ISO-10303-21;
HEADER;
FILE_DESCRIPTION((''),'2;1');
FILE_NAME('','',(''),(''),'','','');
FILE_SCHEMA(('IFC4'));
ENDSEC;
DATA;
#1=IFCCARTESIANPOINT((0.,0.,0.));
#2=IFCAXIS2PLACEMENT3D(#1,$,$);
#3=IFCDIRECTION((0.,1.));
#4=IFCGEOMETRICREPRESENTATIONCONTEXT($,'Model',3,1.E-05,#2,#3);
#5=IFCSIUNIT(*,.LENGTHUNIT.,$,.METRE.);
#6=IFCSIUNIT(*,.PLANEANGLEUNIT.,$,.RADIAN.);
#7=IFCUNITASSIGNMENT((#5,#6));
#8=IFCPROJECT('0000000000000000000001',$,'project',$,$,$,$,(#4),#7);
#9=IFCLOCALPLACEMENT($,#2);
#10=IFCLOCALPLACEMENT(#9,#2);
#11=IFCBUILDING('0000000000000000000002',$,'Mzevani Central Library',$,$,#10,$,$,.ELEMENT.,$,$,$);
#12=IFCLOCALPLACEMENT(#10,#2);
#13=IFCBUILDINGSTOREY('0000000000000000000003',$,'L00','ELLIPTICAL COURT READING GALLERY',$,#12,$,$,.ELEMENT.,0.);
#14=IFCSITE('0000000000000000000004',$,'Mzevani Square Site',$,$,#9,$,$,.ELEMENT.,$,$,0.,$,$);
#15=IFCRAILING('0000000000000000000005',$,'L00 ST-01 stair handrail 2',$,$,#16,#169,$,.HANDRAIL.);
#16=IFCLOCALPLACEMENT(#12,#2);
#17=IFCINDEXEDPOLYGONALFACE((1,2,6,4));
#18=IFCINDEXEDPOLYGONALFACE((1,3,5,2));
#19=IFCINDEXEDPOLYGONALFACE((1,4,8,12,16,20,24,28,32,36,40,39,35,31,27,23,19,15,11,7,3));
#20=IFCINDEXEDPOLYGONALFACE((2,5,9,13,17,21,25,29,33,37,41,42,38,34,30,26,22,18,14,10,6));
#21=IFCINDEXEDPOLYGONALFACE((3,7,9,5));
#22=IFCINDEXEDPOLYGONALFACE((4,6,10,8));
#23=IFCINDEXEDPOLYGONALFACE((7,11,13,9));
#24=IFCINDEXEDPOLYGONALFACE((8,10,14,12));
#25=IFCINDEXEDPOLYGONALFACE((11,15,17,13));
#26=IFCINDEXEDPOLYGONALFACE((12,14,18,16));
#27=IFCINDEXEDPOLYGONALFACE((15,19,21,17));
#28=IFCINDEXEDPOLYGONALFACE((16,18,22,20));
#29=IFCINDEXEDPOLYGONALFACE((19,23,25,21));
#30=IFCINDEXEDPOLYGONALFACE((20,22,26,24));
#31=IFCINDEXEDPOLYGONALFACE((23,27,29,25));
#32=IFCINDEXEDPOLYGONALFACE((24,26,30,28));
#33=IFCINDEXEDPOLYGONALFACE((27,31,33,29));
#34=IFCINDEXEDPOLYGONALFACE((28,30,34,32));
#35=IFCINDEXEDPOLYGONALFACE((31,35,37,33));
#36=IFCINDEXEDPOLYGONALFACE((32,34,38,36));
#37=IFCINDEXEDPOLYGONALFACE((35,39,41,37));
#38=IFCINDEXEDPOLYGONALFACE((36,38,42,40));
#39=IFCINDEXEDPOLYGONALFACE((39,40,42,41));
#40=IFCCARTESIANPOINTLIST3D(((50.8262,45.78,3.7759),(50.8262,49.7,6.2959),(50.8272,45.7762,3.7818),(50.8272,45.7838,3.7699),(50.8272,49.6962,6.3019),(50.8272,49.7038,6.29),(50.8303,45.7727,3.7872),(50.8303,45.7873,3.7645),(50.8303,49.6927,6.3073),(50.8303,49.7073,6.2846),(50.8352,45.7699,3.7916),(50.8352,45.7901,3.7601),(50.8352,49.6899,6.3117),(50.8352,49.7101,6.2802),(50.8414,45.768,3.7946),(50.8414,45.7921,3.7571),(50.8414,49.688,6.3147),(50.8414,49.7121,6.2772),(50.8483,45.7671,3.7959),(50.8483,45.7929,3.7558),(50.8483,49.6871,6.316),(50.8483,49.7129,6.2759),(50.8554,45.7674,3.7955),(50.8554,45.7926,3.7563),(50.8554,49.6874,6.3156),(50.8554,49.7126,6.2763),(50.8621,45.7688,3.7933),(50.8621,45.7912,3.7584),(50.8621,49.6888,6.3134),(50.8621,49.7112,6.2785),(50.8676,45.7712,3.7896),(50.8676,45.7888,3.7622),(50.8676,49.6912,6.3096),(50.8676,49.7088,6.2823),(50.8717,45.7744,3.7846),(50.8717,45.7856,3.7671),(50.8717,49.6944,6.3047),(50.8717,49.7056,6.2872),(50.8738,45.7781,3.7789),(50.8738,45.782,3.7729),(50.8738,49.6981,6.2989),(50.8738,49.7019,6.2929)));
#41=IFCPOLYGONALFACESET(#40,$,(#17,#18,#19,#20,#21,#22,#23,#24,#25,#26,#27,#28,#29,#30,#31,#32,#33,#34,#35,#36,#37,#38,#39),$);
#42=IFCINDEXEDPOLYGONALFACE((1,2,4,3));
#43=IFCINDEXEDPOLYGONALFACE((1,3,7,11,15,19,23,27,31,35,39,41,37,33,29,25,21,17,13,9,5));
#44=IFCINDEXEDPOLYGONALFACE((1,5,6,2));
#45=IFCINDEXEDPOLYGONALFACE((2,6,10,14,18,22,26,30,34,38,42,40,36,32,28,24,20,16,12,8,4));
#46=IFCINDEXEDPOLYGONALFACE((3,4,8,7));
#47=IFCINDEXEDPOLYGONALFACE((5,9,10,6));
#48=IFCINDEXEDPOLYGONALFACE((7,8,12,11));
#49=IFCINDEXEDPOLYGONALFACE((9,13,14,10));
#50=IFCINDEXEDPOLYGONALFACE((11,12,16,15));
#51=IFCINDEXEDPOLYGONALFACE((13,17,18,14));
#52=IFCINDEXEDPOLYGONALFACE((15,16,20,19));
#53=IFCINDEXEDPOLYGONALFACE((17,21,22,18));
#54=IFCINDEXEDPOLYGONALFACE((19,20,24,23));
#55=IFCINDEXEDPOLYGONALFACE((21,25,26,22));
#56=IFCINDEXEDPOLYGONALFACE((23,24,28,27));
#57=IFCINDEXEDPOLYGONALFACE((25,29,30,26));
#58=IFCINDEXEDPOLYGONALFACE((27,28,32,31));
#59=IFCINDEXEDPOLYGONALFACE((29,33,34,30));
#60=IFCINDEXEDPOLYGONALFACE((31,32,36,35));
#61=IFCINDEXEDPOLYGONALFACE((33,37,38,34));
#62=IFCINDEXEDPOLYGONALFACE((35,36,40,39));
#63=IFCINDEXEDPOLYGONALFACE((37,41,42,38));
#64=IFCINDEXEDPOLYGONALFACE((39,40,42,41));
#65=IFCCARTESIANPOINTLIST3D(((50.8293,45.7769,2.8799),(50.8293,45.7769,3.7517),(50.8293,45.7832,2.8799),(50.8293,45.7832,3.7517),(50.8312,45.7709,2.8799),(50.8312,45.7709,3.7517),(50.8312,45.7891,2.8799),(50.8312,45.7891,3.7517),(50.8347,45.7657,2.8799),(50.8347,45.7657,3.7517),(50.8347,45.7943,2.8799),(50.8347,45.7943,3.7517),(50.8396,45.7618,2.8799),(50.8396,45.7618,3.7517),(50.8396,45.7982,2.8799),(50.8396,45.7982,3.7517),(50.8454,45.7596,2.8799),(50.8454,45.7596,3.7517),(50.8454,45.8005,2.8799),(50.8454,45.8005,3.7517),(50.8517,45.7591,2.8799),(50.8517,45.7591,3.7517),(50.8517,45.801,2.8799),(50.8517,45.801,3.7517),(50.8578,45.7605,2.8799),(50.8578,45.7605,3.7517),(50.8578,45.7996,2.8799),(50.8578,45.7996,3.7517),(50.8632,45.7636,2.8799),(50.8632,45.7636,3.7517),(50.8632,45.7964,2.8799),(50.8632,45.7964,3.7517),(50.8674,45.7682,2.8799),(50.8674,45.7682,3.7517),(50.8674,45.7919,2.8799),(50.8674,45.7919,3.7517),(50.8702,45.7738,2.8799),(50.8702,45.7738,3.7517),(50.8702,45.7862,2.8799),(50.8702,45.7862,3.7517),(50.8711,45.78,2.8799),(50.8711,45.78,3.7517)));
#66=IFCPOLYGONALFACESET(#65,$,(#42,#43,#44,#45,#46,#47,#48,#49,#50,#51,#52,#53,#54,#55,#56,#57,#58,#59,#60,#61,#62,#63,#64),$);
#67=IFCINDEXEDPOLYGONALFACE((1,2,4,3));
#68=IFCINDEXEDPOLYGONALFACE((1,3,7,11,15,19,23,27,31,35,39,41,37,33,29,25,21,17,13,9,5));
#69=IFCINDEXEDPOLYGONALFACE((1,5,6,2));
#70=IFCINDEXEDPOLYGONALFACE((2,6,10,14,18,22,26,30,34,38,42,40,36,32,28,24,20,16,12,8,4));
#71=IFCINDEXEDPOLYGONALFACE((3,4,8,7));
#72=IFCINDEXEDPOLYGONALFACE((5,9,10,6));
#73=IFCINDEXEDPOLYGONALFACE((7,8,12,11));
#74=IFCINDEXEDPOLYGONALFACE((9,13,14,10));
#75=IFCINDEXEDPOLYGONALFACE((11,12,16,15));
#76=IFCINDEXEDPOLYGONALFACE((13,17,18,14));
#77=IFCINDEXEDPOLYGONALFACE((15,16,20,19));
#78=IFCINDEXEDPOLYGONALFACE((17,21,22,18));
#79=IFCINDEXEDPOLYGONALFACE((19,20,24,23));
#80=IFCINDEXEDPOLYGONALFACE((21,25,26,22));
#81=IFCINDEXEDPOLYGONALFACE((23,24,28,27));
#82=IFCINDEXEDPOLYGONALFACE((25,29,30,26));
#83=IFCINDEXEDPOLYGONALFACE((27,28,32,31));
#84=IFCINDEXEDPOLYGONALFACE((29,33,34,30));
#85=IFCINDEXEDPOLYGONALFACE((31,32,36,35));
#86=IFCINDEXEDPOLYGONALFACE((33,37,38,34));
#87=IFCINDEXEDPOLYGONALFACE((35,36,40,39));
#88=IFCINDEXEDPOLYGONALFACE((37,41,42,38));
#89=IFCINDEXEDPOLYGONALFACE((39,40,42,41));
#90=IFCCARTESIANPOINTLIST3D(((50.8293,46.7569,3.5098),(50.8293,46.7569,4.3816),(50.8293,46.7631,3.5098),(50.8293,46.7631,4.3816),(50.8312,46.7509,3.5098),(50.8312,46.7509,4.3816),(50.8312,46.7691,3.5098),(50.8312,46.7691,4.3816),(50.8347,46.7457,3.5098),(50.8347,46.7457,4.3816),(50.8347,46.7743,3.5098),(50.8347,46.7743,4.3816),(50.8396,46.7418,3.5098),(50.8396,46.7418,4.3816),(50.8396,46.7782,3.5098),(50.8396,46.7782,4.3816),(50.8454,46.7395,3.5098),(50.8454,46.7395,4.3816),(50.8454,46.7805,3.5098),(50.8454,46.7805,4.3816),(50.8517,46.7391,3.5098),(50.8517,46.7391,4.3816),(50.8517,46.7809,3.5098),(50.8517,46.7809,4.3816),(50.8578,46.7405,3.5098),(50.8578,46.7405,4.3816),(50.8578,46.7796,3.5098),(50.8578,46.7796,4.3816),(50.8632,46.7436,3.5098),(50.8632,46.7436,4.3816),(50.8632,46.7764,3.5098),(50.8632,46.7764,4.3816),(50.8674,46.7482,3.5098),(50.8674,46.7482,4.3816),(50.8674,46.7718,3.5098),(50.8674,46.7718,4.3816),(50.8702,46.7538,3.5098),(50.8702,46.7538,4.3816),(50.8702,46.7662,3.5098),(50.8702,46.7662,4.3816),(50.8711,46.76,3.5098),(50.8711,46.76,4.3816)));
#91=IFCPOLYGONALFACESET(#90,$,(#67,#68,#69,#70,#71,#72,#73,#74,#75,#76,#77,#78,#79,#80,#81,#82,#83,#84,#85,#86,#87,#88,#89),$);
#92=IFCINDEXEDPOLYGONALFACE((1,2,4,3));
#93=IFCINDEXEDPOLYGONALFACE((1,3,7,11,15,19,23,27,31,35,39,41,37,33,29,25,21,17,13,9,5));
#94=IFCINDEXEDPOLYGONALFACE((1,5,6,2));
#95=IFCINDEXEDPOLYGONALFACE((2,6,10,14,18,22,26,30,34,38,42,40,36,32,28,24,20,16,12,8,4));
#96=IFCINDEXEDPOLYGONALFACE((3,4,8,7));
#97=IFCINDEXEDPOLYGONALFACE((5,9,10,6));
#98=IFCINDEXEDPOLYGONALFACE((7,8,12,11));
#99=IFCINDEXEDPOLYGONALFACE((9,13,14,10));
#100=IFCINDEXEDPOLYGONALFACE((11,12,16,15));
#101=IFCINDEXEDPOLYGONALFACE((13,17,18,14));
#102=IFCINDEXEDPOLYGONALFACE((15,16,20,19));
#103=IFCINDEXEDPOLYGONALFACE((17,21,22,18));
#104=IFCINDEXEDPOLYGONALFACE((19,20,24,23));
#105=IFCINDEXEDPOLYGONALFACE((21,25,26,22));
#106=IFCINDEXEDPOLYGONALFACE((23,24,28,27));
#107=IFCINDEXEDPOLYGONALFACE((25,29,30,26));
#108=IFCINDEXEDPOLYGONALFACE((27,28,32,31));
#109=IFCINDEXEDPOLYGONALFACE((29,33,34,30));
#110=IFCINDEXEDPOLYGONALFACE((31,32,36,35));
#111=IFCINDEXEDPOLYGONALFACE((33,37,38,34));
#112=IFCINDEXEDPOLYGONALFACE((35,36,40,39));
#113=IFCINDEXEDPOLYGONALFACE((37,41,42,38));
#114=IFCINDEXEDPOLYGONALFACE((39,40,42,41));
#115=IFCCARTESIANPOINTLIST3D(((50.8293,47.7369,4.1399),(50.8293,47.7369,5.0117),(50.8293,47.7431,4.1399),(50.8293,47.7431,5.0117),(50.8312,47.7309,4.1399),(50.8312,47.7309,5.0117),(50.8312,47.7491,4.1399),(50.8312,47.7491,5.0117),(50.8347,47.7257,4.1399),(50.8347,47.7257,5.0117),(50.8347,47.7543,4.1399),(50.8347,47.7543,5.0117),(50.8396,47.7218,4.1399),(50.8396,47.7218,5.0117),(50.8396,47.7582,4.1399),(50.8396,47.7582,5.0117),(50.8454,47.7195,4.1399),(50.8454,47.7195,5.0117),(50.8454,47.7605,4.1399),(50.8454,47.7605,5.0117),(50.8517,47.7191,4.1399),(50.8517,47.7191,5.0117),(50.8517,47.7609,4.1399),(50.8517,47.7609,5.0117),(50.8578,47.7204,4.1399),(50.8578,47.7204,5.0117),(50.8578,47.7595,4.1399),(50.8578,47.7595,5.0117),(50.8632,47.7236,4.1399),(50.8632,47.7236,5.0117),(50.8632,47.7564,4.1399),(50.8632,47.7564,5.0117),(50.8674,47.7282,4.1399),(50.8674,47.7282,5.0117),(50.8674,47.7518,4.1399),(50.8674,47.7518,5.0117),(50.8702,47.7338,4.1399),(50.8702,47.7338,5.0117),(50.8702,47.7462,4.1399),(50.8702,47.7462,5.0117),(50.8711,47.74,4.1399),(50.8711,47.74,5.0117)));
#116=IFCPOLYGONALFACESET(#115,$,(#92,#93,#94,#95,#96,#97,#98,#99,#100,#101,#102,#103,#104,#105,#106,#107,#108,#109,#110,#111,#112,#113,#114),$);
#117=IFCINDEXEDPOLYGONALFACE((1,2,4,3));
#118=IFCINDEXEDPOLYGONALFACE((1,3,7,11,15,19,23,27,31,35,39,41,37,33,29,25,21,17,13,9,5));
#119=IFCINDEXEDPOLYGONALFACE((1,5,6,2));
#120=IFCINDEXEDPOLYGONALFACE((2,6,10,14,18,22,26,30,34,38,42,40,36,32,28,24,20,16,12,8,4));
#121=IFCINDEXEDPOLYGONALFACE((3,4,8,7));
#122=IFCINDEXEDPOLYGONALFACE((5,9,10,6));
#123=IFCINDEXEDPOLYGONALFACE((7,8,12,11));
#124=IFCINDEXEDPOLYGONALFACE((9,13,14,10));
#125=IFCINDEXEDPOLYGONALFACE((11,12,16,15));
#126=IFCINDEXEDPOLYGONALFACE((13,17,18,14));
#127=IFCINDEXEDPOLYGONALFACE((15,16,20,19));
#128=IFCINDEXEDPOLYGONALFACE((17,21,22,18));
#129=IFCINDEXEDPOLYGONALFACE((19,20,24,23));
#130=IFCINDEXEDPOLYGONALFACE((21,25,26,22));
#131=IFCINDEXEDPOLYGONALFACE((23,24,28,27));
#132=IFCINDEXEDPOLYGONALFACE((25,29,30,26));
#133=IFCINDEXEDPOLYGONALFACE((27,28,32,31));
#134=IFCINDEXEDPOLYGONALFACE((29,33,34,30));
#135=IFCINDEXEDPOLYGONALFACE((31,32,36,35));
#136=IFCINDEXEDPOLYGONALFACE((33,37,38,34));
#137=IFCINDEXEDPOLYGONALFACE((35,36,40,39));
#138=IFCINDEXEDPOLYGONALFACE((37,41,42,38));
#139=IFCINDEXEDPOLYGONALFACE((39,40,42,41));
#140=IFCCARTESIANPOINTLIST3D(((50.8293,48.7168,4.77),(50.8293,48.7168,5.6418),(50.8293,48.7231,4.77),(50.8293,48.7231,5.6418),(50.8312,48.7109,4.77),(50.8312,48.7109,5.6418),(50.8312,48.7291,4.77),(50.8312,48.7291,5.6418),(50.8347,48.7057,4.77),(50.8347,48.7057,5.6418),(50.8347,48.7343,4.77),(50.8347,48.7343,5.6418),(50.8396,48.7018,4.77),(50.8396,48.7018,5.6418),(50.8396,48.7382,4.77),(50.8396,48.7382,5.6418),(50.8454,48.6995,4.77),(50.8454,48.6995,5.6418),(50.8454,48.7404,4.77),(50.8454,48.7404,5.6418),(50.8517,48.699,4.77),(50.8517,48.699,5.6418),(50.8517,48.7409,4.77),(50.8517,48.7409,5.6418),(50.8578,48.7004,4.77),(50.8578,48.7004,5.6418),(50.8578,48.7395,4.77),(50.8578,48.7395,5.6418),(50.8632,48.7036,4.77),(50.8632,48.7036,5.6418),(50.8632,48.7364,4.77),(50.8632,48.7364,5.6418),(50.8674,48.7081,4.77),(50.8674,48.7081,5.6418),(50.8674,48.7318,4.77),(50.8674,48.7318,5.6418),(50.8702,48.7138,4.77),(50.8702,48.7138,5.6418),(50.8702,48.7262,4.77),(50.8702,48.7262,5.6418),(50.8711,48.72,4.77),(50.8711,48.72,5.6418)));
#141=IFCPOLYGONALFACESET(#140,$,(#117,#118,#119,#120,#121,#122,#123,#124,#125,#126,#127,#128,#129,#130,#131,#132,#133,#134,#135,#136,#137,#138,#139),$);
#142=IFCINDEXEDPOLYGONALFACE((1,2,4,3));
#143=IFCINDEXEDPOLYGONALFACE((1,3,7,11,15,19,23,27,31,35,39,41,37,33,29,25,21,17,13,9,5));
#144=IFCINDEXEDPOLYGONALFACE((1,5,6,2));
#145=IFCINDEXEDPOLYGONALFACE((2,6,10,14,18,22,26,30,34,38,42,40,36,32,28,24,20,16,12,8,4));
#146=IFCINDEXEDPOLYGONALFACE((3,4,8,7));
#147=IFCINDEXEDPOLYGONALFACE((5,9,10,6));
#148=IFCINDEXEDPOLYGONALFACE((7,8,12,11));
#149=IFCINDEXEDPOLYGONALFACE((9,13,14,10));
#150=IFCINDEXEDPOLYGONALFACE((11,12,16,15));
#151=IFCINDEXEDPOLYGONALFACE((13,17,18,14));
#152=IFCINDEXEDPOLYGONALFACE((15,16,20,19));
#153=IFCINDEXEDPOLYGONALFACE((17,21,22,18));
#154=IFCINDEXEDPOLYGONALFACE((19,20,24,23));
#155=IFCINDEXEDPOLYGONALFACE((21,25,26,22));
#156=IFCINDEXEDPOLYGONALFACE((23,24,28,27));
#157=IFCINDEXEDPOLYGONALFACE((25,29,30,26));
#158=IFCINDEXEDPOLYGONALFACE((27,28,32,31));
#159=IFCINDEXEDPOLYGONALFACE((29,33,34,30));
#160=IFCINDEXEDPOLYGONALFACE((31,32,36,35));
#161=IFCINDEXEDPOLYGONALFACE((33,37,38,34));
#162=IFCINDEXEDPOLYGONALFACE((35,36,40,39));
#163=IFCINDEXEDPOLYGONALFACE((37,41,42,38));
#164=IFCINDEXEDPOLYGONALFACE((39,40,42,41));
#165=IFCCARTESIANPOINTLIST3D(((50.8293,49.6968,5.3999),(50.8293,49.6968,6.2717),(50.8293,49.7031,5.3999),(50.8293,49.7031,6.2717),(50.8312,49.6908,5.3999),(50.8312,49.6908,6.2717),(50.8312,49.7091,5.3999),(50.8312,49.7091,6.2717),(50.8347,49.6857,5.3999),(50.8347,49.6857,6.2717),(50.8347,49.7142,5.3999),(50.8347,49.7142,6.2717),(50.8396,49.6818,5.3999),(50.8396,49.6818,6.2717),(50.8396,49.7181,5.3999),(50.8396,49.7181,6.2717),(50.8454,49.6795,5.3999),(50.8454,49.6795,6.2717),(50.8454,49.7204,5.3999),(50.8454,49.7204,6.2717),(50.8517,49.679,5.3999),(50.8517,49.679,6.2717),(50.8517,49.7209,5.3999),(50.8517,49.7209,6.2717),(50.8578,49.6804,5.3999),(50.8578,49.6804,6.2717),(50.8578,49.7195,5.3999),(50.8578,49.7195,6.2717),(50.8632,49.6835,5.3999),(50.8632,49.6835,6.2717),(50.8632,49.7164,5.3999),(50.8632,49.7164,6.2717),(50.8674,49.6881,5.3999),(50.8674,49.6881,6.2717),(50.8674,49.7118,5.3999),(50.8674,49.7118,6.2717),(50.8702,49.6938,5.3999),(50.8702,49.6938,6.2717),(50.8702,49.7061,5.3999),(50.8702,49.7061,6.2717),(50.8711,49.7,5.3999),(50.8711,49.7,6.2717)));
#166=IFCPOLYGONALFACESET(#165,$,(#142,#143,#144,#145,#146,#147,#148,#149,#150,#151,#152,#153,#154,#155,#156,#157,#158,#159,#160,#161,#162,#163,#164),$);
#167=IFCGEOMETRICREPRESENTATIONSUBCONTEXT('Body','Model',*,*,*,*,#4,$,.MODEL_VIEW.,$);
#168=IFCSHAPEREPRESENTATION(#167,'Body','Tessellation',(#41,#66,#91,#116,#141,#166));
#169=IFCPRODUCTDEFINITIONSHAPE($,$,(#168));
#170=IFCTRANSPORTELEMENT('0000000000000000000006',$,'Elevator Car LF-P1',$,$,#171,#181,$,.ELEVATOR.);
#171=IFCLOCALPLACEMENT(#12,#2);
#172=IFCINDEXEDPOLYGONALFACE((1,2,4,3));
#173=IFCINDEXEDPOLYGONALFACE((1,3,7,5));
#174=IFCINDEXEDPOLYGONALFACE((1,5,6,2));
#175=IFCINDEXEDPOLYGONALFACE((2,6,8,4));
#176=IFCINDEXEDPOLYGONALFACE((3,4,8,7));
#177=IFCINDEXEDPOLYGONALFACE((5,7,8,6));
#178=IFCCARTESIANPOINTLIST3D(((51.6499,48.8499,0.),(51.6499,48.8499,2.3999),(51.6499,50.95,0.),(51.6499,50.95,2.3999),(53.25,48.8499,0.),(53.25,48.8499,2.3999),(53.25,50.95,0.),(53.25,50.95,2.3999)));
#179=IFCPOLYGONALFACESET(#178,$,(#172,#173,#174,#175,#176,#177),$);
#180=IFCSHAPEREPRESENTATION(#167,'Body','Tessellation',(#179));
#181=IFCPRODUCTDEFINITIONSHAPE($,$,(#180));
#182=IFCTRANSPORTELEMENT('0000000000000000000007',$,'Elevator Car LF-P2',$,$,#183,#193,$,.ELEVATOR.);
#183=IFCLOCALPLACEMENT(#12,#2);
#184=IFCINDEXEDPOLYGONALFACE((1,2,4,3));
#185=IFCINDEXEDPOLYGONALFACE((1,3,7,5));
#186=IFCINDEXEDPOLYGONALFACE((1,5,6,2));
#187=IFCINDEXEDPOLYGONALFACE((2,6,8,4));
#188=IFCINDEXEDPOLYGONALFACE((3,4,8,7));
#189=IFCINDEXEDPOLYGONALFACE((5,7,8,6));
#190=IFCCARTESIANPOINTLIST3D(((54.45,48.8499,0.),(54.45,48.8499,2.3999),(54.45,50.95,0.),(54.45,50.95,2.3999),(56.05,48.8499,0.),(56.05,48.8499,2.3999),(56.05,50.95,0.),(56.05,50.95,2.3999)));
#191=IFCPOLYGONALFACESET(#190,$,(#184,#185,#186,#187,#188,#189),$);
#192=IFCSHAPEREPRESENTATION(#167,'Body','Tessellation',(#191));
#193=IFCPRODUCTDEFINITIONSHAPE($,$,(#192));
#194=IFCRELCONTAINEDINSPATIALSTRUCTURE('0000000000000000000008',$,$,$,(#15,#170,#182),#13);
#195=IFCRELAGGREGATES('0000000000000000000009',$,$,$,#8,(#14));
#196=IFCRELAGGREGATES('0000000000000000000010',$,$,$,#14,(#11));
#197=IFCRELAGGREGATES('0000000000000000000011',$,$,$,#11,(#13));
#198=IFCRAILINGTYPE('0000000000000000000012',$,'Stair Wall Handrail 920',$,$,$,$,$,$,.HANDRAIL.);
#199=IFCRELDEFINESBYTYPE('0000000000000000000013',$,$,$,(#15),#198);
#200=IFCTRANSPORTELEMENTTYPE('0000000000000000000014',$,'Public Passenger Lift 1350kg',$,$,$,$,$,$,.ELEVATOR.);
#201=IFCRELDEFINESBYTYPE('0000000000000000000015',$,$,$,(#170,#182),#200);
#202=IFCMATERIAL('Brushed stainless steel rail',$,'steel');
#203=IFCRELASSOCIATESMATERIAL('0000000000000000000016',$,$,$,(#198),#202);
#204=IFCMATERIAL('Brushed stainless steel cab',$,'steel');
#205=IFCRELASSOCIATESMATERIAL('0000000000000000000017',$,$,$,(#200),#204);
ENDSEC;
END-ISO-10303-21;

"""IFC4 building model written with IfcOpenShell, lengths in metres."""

from ifc_helpers import new_model, si_unit, direction, frame, origin, origin_2d, place, context, subcontext, project, spatial, rectangle, circle, extrude, material, type_object, element, save


model = new_model("IFC4")

# Units and contexts
model_context = context("Model", 3, precision=1e-05, world=origin(), true_north=direction((0.0, 1.0)))
body_context = subcontext(model_context, "Body", "Model", "MODEL_VIEW")
ifc_project = project(units=[si_unit("LENGTHUNIT", "METRE"), si_unit("PLANEANGLEUNIT", "RADIAN")], contexts=[model_context])

# Site, building, storey
site_placement = place(None, origin())
site = spatial("IfcSite", under=ifc_project, at=site_placement, Name="Mzevani Square Site", CompositionType="ELEMENT", RefElevation=0.0)
building_placement = place(site_placement, origin())
building = spatial("IfcBuilding", under=site, at=building_placement, Name="Mzevani Central Library", CompositionType="ELEMENT")
storey_placement = place(building_placement, origin())
storey = spatial("IfcBuildingStorey", under=building, at=storey_placement, Name="L00", Description="ELLIPTICAL COURT READING GALLERY", CompositionType="ELEMENT", Elevation=0.0)

# Railing
ifc_material_1 = material(Name="Brushed stainless steel rail", Category="steel")
railing_type_1 = type_object("IfcRailingType", Name="Stair Wall Handrail 920", PredefinedType="HANDRAIL", material=ifc_material_1)
railing_1_placement = place(storey_placement, frame((50.8501, 45.78, 2.8799)))
element("IfcRailing", 1, at=railing_1_placement, inside=storey, type_object=railing_type_1, Name="L00 ST-01 stair handrail 2", PredefinedType="HANDRAIL", context=body_context, shape_type="SweptSolid", body=[
    extrude(circle(Radius=0.0239, at=origin_2d()), frame((0.0, 0.0, 0.896), z_axis=(0.0, 0.841172, 0.540768), x_axis=(-1.0, 0.0, 0.0)), (0.0, 0.0, 1.0), 4.6602),
    extrude(circle(Radius=0.021, at=origin_2d()), origin(), (0.0, 0.0, 1.0), 0.8718),
    extrude(circle(Radius=0.021, at=origin_2d()), frame((0.0, 0.98, 0.6299)), (0.0, 0.0, 1.0), 0.8718),
    extrude(circle(Radius=0.021, at=origin_2d()), frame((0.0, 1.96, 1.26)), (0.0, 0.0, 1.0), 0.8718),
    extrude(circle(Radius=0.021, at=origin_2d()), frame((0.0, 2.9399, 1.8901)), (0.0, 0.0, 1.0), 0.8718),
    extrude(circle(Radius=0.021, at=origin_2d()), frame((0.0, 3.9199, 2.52)), (0.0, 0.0, 1.0), 0.8718),
])

# Transport elements
ifc_material_2 = material(Name="Brushed stainless steel cab", Category="steel")
transport_element_type = type_object("IfcTransportElementType", Name="Public Passenger Lift 1350kg", PredefinedType="ELEVATOR", material=ifc_material_2)
for number, where, z_axis, x_axis, name in (
    (2, (52.45, 49.8999, 0.0), (0.0, 0.0, 1.0), (1.0, 0.0, 0.0), "Elevator Car LF-P1"),
    (3, (55.25, 49.8999, 0.0), (0.0, 0.0, 1.0), (1.0, 0.0, 0.0), "Elevator Car LF-P2"),
):
    element("IfcTransportElement", number, at=place(storey_placement, frame(where, z_axis=z_axis, x_axis=x_axis)), inside=storey, type_object=transport_element_type, Name=name, PredefinedType="ELEVATOR", context=body_context, shape_type="SweptSolid", body=[
        extrude(rectangle(XDim=1.6001, YDim=2.1001, at=origin_2d()), origin(), (0.0, 0.0, 1.0), 2.3999),
    ])

save(model, "model.ifc")
